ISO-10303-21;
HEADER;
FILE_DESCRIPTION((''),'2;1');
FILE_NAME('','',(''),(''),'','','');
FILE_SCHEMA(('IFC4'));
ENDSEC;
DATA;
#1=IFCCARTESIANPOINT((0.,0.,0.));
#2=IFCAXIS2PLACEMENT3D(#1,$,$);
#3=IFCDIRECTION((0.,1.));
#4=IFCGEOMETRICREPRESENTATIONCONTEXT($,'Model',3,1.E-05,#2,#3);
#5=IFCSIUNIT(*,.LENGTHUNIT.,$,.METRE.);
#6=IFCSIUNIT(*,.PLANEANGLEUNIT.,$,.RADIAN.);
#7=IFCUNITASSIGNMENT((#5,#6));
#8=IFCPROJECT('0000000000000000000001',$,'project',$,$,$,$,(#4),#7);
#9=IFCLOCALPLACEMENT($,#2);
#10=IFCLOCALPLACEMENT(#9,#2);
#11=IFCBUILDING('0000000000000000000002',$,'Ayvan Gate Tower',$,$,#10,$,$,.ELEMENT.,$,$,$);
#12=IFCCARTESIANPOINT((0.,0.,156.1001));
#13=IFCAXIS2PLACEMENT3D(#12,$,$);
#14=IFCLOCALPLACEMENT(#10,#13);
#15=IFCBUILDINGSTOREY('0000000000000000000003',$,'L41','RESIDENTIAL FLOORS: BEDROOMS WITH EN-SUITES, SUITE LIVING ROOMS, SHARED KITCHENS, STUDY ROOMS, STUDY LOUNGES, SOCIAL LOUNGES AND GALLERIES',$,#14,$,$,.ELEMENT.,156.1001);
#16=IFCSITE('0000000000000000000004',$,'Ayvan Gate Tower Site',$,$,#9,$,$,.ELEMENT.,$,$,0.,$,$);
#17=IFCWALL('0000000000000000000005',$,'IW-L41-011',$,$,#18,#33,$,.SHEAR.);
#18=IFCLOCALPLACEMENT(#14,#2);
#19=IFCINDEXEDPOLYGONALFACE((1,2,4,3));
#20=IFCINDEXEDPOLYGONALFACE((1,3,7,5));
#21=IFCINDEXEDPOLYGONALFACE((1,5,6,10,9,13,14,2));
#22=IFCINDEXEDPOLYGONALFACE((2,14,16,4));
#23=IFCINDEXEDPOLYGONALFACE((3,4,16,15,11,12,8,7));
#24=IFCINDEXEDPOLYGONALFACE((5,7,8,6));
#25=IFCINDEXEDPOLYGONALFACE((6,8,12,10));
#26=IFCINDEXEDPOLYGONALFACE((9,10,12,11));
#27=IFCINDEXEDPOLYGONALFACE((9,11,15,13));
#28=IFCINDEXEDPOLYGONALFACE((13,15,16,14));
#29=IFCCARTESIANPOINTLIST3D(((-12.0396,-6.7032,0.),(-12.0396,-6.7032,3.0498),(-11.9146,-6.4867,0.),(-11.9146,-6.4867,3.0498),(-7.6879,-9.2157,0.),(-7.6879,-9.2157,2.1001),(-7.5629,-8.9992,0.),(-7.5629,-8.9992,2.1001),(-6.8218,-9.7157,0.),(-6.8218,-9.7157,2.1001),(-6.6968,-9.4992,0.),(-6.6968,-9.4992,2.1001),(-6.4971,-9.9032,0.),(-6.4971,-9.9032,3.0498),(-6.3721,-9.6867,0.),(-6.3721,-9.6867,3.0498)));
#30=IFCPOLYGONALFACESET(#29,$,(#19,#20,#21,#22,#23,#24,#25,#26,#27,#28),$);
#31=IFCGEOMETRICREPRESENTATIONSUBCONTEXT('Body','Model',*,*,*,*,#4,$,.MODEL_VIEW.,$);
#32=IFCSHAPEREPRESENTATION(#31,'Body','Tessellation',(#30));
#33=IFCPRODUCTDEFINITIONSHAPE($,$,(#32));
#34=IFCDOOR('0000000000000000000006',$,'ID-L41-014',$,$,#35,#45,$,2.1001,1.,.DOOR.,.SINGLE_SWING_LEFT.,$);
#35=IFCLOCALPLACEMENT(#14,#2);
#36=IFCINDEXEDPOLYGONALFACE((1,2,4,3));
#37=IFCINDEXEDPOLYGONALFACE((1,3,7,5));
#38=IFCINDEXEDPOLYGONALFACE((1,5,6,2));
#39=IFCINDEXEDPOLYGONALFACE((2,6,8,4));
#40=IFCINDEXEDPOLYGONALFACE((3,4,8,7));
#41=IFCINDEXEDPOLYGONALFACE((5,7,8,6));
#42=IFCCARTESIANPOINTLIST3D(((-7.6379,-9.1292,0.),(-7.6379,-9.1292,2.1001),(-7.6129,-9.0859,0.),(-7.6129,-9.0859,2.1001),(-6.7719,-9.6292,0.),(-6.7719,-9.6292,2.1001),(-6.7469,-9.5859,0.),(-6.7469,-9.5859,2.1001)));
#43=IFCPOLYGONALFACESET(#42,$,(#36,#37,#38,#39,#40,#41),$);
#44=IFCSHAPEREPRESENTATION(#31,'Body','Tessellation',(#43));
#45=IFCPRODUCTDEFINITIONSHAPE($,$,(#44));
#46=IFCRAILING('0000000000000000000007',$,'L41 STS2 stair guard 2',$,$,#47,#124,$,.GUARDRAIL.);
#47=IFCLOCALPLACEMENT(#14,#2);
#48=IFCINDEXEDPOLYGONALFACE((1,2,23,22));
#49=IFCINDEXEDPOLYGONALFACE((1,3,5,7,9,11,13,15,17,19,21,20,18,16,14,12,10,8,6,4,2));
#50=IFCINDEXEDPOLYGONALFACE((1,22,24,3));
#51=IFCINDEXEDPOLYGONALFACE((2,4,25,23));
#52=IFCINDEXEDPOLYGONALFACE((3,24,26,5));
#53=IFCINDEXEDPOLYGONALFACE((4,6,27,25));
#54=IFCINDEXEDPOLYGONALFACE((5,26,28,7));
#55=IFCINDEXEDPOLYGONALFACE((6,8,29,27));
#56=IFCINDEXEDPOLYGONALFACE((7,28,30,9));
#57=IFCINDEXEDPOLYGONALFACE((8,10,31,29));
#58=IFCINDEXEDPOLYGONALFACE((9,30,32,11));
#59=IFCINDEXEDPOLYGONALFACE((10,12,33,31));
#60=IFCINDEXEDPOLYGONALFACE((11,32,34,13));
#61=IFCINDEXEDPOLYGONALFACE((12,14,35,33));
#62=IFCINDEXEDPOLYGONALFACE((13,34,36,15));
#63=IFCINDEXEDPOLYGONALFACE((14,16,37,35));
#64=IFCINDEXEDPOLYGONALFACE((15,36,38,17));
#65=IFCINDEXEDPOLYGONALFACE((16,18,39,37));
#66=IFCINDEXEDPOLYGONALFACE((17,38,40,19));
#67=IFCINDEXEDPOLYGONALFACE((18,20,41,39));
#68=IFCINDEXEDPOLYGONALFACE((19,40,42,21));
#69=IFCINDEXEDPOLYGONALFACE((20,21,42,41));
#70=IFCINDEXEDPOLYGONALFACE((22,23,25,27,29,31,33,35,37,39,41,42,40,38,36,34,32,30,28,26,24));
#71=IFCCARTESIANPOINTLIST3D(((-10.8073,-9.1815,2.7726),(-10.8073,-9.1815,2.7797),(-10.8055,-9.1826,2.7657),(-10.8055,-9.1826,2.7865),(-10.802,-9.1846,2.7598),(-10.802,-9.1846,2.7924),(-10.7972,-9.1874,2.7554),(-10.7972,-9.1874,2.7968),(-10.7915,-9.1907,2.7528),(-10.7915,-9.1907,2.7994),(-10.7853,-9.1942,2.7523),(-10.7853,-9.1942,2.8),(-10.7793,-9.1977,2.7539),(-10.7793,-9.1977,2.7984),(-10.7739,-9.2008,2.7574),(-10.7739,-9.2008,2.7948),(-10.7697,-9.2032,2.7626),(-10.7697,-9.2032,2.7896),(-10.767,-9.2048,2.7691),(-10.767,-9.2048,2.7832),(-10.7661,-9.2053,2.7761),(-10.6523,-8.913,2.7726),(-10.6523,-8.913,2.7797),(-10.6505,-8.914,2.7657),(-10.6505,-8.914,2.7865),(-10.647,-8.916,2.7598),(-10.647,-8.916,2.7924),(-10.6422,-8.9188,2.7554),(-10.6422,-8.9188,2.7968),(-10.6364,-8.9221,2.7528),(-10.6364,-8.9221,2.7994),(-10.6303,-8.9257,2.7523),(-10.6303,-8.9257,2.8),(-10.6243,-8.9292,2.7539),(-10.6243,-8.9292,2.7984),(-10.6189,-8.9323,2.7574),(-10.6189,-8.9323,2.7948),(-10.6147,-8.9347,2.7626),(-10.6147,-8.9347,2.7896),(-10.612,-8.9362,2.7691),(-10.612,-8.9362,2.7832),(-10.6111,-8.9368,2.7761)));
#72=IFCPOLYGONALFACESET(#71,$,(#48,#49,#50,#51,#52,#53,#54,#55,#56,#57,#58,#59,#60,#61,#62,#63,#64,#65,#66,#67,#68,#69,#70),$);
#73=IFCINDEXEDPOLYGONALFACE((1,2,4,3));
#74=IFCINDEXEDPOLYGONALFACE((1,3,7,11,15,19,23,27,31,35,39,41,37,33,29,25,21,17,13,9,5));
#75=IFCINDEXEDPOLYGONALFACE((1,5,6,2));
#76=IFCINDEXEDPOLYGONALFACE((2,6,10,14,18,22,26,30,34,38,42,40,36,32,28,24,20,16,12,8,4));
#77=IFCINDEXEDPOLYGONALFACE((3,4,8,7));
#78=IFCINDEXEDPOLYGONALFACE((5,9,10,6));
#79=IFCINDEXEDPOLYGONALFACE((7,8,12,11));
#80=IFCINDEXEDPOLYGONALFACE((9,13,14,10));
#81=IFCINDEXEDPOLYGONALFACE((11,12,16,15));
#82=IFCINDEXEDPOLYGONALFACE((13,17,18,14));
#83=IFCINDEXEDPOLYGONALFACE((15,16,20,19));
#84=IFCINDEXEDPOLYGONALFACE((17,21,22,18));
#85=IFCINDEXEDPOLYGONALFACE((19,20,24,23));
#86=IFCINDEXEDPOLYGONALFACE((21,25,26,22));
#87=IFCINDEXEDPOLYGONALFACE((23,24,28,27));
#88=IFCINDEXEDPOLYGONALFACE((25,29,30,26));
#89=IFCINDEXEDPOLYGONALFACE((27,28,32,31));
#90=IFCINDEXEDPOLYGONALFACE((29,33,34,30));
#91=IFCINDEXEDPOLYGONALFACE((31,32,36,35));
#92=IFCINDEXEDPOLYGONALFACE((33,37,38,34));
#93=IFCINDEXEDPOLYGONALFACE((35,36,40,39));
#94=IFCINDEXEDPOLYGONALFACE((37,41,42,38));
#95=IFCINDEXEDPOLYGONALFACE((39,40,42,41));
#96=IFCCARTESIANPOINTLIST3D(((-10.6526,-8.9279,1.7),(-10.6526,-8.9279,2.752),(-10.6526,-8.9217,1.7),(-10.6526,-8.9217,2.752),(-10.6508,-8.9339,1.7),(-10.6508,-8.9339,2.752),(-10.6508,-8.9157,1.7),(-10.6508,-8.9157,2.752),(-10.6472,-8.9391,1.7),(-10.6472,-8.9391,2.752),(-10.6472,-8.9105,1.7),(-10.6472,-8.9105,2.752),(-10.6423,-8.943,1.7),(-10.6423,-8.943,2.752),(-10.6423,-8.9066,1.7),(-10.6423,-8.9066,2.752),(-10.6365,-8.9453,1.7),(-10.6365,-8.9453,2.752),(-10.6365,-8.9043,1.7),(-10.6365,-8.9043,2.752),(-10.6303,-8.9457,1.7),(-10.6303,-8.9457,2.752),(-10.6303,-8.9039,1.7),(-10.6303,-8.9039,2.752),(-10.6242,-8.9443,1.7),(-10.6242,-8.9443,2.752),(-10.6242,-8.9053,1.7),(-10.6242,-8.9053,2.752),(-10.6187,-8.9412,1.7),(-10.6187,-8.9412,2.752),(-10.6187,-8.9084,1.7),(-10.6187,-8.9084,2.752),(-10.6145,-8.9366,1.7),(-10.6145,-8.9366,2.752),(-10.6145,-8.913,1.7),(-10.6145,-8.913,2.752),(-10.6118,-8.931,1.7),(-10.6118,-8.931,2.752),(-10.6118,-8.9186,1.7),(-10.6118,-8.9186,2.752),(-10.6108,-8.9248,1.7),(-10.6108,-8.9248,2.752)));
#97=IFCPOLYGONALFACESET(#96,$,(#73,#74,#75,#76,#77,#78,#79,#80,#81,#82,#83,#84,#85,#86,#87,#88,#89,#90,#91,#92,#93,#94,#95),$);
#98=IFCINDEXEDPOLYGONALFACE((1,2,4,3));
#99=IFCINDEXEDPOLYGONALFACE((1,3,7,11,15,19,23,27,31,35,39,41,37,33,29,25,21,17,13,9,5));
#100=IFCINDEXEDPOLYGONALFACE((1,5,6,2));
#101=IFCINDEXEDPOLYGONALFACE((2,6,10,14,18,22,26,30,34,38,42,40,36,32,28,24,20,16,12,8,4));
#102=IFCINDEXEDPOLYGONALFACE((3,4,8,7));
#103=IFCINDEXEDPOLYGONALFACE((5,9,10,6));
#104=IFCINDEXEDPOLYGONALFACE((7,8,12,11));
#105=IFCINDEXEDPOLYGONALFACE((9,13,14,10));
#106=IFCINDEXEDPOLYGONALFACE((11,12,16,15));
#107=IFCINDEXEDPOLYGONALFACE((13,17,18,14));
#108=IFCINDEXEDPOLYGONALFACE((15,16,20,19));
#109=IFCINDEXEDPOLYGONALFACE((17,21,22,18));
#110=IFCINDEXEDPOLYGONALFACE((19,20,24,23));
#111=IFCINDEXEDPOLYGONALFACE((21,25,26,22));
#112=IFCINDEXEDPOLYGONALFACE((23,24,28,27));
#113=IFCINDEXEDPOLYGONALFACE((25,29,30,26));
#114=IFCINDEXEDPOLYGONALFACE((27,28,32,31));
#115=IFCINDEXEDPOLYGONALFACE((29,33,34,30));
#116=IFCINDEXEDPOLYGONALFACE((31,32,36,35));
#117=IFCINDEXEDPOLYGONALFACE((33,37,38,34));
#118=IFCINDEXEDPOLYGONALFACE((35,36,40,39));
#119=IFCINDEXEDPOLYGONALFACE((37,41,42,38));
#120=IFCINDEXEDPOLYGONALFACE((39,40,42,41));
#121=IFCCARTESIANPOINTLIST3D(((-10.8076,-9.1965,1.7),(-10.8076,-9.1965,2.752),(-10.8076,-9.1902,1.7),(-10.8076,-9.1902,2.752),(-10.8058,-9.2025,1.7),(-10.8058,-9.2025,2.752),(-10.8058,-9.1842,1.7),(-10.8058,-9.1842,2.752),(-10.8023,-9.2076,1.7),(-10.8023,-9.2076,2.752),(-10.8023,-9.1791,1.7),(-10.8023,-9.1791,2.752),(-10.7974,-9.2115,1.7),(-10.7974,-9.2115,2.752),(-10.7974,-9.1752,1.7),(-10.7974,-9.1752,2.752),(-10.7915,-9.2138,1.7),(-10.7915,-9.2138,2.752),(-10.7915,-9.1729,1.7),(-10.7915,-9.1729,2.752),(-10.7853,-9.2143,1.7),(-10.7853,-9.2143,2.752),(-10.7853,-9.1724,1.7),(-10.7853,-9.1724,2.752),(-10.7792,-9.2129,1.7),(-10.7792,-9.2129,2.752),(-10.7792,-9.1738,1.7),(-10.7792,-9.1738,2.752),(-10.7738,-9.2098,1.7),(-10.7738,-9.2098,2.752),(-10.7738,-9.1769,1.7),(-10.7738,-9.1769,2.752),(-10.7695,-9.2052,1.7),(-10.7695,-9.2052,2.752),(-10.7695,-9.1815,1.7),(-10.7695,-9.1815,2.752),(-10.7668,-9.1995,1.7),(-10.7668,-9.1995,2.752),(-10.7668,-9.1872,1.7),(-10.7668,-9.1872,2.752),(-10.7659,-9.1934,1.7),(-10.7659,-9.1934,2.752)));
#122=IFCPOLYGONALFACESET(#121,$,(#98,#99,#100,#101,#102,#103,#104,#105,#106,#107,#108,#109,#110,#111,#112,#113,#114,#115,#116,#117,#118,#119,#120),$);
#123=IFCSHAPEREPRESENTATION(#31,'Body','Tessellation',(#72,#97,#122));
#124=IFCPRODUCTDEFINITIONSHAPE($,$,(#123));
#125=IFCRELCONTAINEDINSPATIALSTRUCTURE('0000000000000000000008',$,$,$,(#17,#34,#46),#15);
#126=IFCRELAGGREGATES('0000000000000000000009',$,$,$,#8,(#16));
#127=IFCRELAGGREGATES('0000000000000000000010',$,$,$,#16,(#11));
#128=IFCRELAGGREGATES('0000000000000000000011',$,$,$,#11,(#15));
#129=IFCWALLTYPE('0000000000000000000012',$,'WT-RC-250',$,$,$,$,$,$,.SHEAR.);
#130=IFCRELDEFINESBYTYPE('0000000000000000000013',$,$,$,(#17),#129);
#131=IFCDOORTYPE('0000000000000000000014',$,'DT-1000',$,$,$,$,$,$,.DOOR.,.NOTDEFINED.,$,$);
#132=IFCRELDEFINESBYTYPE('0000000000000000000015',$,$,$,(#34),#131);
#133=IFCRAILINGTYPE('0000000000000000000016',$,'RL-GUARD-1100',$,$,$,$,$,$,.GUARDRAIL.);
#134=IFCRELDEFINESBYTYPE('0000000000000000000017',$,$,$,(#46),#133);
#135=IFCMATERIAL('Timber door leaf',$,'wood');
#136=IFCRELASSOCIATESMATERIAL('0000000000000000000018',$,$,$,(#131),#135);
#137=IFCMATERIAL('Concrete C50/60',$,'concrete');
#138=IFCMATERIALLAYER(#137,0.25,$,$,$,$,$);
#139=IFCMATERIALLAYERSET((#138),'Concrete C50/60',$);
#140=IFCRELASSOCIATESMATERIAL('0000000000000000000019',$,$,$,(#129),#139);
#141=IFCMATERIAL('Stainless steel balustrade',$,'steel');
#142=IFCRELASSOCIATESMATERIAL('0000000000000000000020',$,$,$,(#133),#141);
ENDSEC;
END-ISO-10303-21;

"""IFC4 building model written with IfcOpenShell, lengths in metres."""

from ifc_helpers import new_model, si_unit, direction, frame, frame_2d, origin, origin_2d, place, context, subcontext, project, spatial, rectangle, circle, extrude, material, layer, layer_set, type_object, element, fill, save


model = new_model("IFC4")

# Units and contexts
model_context = context("Model", 3, precision=1e-05, world=origin(), true_north=direction((0.0, 1.0)))
body_context = subcontext(model_context, "Body", "Model", "MODEL_VIEW")
ifc_project = project(units=[si_unit("LENGTHUNIT", "METRE"), si_unit("PLANEANGLEUNIT", "RADIAN")], contexts=[model_context])

# Site, building, storey
site_placement = place(None, origin())
site = spatial("IfcSite", under=ifc_project, at=site_placement, Name="Ayvan Gate Tower Site", CompositionType="ELEMENT", RefElevation=0.0)
building_placement = place(site_placement, origin())
building = spatial("IfcBuilding", under=site, at=building_placement, Name="Ayvan Gate Tower", CompositionType="ELEMENT")
storey_placement = place(building_placement, frame((0.0, 0.0, 156.1001)))
storey = spatial("IfcBuildingStorey", under=building, at=storey_placement, Name="L41", Description="RESIDENTIAL FLOORS: BEDROOMS WITH EN-SUITES, SUITE LIVING ROOMS, SHARED KITCHENS, STUDY ROOMS, STUDY LOUNGES, SOCIAL LOUNGES AND GALLERIES", CompositionType="ELEMENT", Elevation=156.1001)

# Shared definitions
ifc_material_1 = material(Name="Timber door leaf", Category="wood")
door_type_1 = type_object("IfcDoorType", Name="DT-1000", OperationType="NOTDEFINED", PredefinedType="DOOR", material=ifc_material_1)

# Shared definitions
ifc_material_2 = material(Name="Concrete C50/60", Category="concrete")
ifc_layer_1 = layer(ifc_material_2, 0.25)
ifc_layer_set_1 = layer_set([ifc_layer_1], Name="Concrete C50/60")
wall_type_1 = type_object("IfcWallType", Name="WT-RC-250", PredefinedType="SHEAR", material=ifc_layer_set_1)

# Wall, opening, door
wall_1_placement = place(storey_placement, frame((-11.9771, -6.595, 0.0), z_axis=(0.0, 0.0, 1.0), x_axis=(0.866025, -0.5, 0.0)))
wall_1 = element("IfcWall", 1, at=wall_1_placement, inside=storey, type_object=wall_type_1, Name="IW-L41-011", PredefinedType="SHEAR", context=body_context, shape_type="SweptSolid", body=[
    extrude(rectangle(XDim=6.3999, YDim=0.25, at=frame_2d((3.2, 0.0))), origin(), (0.0, 0.0, 1.0), 3.0498),
])
opening_1_placement = place(wall_1_placement, frame((5.0249, 0.0, 0.0)))
opening_1 = element("IfcOpeningElement", 2, at=opening_1_placement, cuts=wall_1, PredefinedType="OPENING", context=body_context, shape_type="SweptSolid", body=[
    extrude(rectangle(XDim=1.0, YDim=2.1001, at=frame_2d((0.5, 1.05))), frame((0.0, 0.135, 0.0), z_axis=(0.0, -1.0, 0.0), x_axis=(1.0, 0.0, 0.0)), (0.0, 0.0, 1.0), 0.27),
])
door_1_placement = place(opening_1_placement, origin())
door_1 = element("IfcDoor", 3, at=door_1_placement, inside=storey, type_object=door_type_1, Name="ID-L41-014", OperationType="SINGLE_SWING_LEFT", OverallHeight=2.1001, OverallWidth=1.0, PredefinedType="DOOR", context=body_context, shape_type="SweptSolid", body=[
    extrude(rectangle(XDim=1.0, YDim=2.1001, at=frame_2d((0.5, 1.05))), frame((0.0, 0.0249, 0.0), z_axis=(0.0, -1.0, 0.0), x_axis=(1.0, 0.0, 0.0)), (0.0, 0.0, 1.0), 0.05),
])
fill(opening_1, door_1)

# Railing
ifc_material_3 = material(Name="Stainless steel balustrade", Category="steel")
railing_type_1 = type_object("IfcRailingType", Name="RL-GUARD-1100", PredefinedType="GUARDRAIL", material=ifc_material_3)
railing_1_placement = place(storey_placement, frame((-10.6318, -8.9248, 1.7)))
element("IfcRailing", 4, at=railing_1_placement, inside=storey, type_object=railing_type_1, Name="L41 STS2 stair guard 2", PredefinedType="GUARDRAIL", context=body_context, shape_type="SweptSolid", body=[
    extrude(circle(Radius=0.0239, at=origin_2d()), frame((0.0, 0.0, 1.0762), z_axis=(-0.49995, -0.866054, 0.0), x_axis=(0.866054, -0.49995, 0.0)), (0.0, 0.0, 1.0), 0.3101),
    extrude(circle(Radius=0.021, at=origin_2d()), origin(), (0.0, 0.0, 1.0), 1.052),
    extrude(circle(Radius=0.021, at=origin_2d()), frame((-0.155, -0.2686, 0.0)), (0.0, 0.0, 1.0), 1.052),
])

save(model, "model.ifc")
